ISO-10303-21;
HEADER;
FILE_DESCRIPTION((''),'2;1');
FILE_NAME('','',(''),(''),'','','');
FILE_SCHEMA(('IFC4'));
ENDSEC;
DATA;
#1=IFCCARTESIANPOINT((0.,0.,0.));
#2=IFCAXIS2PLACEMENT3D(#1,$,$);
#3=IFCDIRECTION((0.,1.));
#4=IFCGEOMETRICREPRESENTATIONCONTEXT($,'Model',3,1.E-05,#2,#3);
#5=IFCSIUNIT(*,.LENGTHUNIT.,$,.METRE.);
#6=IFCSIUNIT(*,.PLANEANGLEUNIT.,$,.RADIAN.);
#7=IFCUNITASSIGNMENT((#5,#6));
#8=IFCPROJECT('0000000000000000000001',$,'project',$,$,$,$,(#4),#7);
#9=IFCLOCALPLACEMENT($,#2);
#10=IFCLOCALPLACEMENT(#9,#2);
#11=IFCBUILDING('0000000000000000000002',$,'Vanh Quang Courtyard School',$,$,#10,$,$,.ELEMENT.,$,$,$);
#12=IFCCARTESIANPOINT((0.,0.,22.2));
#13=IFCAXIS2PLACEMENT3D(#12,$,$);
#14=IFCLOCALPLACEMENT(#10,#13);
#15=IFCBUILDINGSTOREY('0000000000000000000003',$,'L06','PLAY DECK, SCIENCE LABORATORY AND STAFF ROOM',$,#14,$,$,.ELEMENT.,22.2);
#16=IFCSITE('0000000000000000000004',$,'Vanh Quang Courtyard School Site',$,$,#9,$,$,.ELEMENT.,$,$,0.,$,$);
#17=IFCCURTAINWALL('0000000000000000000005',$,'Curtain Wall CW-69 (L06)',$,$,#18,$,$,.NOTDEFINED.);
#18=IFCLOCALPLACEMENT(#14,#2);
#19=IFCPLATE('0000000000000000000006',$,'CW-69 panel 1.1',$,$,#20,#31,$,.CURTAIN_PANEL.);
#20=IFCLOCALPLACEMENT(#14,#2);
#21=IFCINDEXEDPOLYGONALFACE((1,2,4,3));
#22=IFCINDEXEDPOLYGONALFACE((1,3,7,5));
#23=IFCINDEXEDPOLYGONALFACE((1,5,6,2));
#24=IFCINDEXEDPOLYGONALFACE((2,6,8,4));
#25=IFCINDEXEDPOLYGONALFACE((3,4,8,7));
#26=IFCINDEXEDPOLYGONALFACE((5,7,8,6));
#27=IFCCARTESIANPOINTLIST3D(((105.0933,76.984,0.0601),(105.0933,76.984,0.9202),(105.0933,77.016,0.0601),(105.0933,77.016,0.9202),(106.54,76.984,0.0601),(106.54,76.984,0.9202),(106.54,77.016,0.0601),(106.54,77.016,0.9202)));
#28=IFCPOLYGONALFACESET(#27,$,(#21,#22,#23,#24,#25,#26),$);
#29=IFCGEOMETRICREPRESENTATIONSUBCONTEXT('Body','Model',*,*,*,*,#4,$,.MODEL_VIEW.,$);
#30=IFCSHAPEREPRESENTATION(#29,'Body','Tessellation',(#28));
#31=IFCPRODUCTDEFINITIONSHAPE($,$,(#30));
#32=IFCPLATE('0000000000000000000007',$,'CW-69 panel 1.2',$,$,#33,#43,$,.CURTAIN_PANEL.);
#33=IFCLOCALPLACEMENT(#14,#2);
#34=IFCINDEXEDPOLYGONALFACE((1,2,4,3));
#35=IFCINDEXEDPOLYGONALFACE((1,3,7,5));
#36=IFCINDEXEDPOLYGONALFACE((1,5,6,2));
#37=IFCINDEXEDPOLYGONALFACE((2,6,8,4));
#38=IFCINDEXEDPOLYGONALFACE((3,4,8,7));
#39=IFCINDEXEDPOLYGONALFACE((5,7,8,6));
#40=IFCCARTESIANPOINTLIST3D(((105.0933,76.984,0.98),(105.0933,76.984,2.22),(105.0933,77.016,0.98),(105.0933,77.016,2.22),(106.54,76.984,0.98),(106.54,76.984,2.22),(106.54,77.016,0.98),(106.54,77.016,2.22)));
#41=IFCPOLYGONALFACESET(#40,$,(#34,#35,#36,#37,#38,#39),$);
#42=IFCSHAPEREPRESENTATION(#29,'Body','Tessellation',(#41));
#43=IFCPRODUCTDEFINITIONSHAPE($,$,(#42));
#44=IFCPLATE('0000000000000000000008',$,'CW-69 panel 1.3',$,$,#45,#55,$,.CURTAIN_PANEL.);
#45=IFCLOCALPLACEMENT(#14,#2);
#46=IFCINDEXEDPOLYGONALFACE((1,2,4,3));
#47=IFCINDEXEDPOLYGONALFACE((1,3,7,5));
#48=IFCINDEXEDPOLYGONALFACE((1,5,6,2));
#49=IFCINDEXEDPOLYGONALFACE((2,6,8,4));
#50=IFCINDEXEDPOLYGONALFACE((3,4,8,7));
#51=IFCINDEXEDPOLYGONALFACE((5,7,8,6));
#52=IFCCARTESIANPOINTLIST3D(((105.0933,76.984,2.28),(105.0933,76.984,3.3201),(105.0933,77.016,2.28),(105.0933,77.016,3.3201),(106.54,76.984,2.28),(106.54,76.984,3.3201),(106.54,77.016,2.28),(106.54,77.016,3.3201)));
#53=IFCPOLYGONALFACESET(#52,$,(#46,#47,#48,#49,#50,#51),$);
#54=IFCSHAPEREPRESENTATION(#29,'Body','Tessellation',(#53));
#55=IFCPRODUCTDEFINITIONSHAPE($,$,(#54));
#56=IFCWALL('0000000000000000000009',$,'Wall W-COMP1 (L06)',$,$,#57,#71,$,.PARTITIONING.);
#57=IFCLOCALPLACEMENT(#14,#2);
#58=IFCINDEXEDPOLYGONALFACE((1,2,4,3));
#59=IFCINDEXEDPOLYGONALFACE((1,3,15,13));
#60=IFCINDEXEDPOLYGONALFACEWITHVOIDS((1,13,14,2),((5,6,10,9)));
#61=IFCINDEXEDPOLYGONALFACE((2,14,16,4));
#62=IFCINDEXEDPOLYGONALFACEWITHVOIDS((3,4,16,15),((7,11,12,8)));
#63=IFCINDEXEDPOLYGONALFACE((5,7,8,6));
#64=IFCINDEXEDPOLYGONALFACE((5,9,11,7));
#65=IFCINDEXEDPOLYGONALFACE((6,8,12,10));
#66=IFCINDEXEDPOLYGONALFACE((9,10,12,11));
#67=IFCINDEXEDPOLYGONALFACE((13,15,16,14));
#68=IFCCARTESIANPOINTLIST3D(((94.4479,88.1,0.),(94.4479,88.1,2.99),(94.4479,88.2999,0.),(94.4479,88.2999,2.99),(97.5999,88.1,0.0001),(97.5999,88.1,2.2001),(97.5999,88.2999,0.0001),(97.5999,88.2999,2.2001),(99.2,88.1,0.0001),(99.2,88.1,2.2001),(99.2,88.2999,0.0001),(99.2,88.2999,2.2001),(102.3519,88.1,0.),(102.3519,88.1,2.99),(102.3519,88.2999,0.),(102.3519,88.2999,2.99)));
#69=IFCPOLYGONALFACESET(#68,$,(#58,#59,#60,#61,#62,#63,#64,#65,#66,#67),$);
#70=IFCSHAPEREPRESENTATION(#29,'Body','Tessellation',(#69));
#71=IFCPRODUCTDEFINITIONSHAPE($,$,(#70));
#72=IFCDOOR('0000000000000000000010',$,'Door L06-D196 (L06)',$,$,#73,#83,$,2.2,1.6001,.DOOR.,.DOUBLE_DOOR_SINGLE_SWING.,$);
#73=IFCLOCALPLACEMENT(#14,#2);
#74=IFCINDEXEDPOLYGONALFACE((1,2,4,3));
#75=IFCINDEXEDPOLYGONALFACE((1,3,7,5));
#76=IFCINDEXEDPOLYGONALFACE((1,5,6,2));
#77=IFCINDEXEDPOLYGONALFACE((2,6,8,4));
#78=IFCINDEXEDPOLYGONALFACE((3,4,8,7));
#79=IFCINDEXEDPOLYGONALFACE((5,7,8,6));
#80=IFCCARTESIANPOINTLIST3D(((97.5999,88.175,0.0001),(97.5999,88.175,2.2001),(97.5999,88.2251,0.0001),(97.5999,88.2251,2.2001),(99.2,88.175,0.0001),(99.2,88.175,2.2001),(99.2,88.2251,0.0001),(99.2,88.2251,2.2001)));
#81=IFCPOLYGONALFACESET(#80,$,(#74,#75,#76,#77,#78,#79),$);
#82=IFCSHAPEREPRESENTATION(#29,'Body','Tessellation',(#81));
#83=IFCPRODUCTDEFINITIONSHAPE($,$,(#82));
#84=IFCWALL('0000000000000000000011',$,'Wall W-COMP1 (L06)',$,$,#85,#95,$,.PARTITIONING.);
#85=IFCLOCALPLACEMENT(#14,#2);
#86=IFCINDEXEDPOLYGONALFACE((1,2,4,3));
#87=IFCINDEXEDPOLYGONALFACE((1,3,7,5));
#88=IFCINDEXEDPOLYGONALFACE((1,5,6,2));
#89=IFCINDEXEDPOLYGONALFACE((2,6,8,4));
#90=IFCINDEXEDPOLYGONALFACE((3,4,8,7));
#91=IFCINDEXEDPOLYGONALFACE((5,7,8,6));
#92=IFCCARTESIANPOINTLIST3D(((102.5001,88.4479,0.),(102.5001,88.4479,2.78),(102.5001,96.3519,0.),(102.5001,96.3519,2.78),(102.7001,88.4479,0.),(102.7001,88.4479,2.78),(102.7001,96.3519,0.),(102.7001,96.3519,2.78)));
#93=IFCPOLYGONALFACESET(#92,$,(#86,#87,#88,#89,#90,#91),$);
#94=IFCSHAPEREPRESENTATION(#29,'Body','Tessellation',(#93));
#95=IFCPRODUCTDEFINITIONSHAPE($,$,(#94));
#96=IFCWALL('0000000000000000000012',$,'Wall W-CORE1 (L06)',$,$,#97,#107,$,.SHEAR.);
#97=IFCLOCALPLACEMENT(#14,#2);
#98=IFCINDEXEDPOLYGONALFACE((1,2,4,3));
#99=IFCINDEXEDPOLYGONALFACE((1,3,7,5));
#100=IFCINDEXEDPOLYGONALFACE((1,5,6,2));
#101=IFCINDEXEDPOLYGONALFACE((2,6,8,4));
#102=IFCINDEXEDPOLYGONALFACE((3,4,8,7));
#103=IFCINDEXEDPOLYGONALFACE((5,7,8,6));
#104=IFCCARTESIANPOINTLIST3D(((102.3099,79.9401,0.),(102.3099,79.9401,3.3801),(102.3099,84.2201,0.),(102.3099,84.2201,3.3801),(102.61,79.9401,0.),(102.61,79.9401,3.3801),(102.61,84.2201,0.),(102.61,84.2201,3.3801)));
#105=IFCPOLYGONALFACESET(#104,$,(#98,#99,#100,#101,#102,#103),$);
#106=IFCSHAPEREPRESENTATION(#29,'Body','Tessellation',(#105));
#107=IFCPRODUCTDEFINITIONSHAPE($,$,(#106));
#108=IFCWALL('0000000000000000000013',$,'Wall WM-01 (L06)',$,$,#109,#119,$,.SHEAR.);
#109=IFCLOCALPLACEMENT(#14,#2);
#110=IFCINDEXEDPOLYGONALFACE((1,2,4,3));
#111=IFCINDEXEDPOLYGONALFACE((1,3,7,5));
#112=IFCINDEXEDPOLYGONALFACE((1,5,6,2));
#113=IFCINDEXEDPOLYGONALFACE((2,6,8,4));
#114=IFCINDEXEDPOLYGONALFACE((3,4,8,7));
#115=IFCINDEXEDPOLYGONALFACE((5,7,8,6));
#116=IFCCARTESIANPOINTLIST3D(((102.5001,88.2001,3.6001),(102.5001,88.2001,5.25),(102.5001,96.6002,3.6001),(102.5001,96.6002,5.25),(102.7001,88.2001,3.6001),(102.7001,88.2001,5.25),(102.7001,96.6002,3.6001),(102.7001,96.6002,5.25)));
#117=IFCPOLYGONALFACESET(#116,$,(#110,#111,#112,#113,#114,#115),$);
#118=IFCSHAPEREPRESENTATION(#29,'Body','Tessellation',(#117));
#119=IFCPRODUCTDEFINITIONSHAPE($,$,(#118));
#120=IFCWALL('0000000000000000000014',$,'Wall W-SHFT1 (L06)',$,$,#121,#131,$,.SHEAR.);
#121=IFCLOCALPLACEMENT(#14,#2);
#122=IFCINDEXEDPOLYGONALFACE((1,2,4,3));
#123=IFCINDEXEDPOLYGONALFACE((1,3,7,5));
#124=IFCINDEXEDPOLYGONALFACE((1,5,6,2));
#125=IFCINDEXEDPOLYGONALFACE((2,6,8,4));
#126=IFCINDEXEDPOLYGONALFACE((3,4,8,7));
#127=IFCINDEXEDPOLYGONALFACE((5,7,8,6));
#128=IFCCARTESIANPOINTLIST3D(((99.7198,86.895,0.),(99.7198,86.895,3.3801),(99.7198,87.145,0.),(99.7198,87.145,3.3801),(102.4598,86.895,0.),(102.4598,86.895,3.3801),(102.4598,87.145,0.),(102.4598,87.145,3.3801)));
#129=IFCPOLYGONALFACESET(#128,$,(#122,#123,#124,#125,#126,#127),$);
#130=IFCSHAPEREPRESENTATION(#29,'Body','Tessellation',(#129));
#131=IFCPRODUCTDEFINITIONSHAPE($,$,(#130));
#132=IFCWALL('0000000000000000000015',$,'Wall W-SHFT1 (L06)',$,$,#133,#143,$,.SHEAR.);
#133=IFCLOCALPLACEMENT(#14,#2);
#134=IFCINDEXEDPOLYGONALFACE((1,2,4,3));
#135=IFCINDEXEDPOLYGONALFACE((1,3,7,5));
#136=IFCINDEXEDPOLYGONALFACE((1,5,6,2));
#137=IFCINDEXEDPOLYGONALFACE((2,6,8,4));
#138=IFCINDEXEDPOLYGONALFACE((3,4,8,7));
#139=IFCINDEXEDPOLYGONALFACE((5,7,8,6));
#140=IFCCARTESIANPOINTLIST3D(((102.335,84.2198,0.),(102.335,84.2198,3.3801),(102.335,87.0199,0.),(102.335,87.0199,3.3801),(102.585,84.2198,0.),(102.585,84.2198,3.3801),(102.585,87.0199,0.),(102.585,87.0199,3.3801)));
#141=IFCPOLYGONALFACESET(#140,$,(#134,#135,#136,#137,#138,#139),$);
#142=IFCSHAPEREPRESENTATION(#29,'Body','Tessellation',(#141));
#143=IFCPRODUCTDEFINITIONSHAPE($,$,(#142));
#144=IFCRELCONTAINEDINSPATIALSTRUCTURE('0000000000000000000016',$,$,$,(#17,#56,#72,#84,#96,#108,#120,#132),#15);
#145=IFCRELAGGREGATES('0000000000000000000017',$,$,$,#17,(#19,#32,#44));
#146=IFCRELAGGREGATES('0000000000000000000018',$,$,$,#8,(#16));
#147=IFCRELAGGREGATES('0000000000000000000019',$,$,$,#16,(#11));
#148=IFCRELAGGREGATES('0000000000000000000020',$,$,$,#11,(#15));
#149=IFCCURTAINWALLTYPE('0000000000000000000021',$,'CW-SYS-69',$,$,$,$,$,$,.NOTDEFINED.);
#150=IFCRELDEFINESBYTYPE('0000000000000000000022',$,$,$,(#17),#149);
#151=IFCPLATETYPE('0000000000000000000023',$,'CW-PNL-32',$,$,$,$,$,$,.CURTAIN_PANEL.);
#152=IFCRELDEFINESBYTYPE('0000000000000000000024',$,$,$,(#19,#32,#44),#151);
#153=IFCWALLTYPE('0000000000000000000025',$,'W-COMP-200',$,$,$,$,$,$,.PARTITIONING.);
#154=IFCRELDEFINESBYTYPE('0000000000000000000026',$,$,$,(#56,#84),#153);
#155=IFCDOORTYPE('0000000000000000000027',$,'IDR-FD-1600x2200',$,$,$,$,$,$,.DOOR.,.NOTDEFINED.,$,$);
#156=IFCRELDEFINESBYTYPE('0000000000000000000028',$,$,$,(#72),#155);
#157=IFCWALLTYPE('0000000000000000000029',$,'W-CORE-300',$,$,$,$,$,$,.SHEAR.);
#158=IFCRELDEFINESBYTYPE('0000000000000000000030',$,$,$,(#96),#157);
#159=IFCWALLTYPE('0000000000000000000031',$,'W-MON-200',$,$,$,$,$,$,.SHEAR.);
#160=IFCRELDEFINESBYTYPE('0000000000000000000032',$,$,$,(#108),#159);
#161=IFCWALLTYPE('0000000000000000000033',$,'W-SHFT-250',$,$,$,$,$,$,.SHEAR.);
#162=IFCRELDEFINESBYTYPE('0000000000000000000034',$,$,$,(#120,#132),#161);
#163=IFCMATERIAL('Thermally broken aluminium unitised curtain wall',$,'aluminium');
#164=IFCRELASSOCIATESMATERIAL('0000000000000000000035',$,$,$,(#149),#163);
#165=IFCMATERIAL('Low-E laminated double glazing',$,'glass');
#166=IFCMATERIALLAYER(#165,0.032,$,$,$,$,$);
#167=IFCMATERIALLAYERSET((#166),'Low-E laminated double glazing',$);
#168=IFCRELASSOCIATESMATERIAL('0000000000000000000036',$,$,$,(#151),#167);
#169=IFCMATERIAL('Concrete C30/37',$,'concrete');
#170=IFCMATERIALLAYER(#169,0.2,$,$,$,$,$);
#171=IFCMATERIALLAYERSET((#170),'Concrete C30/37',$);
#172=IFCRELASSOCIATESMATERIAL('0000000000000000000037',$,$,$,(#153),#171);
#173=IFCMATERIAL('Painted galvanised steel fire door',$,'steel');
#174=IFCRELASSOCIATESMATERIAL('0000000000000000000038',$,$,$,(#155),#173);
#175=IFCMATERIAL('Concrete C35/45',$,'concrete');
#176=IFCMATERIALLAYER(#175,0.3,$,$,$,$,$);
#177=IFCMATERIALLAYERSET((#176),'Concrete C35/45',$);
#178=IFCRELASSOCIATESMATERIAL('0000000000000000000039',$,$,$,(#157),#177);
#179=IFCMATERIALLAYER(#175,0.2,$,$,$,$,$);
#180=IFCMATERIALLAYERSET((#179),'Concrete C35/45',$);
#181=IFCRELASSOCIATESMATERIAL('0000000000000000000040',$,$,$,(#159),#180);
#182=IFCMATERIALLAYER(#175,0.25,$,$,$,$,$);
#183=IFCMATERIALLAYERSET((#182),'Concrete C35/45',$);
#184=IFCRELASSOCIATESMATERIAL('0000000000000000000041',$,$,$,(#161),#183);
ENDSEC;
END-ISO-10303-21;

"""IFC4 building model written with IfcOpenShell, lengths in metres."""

from ifc_helpers import new_model, si_unit, direction, frame, frame_2d, origin, origin_2d, place, context, subcontext, project, spatial, rectangle, extrude, material, layer, layer_set, type_object, element, fill, aggregate, save


model = new_model("IFC4")

# Units and contexts
model_context = context("Model", 3, precision=1e-05, world=origin(), true_north=direction((0.0, 1.0)))
body_context = subcontext(model_context, "Body", "Model", "MODEL_VIEW")
ifc_project = project(units=[si_unit("LENGTHUNIT", "METRE"), si_unit("PLANEANGLEUNIT", "RADIAN")], contexts=[model_context])

# Site, building, storey
site_placement = place(None, origin())
site = spatial("IfcSite", under=ifc_project, at=site_placement, Name="Vanh Quang Courtyard School Site", CompositionType="ELEMENT", RefElevation=0.0)
building_placement = place(site_placement, origin())
building = spatial("IfcBuilding", under=site, at=building_placement, Name="Vanh Quang Courtyard School", CompositionType="ELEMENT")
storey_placement = place(building_placement, frame((0.0, 0.0, 22.2)))
storey = spatial("IfcBuildingStorey", under=building, at=storey_placement, Name="L06", Description="PLAY DECK, SCIENCE LABORATORY AND STAFF ROOM", CompositionType="ELEMENT", Elevation=22.2)

# Shared definitions
ifc_material_1 = material(Name="Concrete C35/45", Category="concrete")

# Curtain wall, plates
ifc_material_2 = material(Name="Thermally broken aluminium unitised curtain wall", Category="aluminium")
curtain_wall_type = type_object("IfcCurtainWallType", Name="CW-SYS-69", PredefinedType="NOTDEFINED", material=ifc_material_2)
curtain_wall_placement = place(storey_placement, origin())
curtain_wall = element("IfcCurtainWall", 1, at=curtain_wall_placement, inside=storey, type_object=curtain_wall_type, Name="Curtain Wall CW-69 (L06)", PredefinedType="NOTDEFINED")
ifc_material_3 = material(Name="Low-E laminated double glazing", Category="glass")
ifc_layer_1 = layer(ifc_material_3, 0.032)
ifc_layer_set_1 = layer_set([ifc_layer_1], Name="Low-E laminated double glazing")
plate_type = type_object("IfcPlateType", Name="CW-PNL-32", PredefinedType="CURTAIN_PANEL", material=ifc_layer_set_1)
plate_1_placement = place(storey_placement, frame((105.8167, 77.0, 0.0601), z_axis=(0.0, 0.0, 1.0), x_axis=(-1.0, 0.0, 0.0)))
plate_1 = element("IfcPlate", 2, at=plate_1_placement, type_object=plate_type, Name="CW-69 panel 1.1", PredefinedType="CURTAIN_PANEL", context=body_context, shape_type="SweptSolid", body=[
    extrude(rectangle(XDim=1.4468, YDim=0.032, at=origin_2d()), origin(), (0.0, 0.0, 1.0), 0.8601),
])
plate_2_placement = place(storey_placement, frame((105.8167, 77.0, 0.98), z_axis=(0.0, 0.0, 1.0), x_axis=(-1.0, 0.0, 0.0)))
plate_2 = element("IfcPlate", 3, at=plate_2_placement, type_object=plate_type, Name="CW-69 panel 1.2", PredefinedType="CURTAIN_PANEL", context=body_context, shape_type="SweptSolid", body=[
    extrude(rectangle(XDim=1.4468, YDim=0.032, at=origin_2d()), origin(), (0.0, 0.0, 1.0), 1.24),
])
plate_3_placement = place(storey_placement, frame((105.8167, 77.0, 2.28), z_axis=(0.0, 0.0, 1.0), x_axis=(-1.0, 0.0, 0.0)))
plate_3 = element("IfcPlate", 4, at=plate_3_placement, type_object=plate_type, Name="CW-69 panel 1.3", PredefinedType="CURTAIN_PANEL", context=body_context, shape_type="SweptSolid", body=[
    extrude(rectangle(XDim=1.4468, YDim=0.032, at=origin_2d()), origin(), (0.0, 0.0, 1.0), 1.04),
])
aggregate(curtain_wall, [plate_1, plate_2, plate_3])

# Wall, opening, door
ifc_material_4 = material(Name="Concrete C30/37", Category="concrete")
ifc_layer_2 = layer(ifc_material_4, 0.2)
ifc_layer_set_2 = layer_set([ifc_layer_2], Name="Concrete C30/37")
wall_type_1 = type_object("IfcWallType", Name="W-COMP-200", PredefinedType="PARTITIONING", material=ifc_layer_set_2)
wall_1_placement = place(storey_placement, frame((102.3521, 88.2, 0.0), z_axis=(0.0, 0.0, 1.0), x_axis=(-1.0, 0.0, 0.0)))
wall_1 = element("IfcWall", 5, at=wall_1_placement, inside=storey, type_object=wall_type_1, Name="Wall W-COMP1 (L06)", PredefinedType="PARTITIONING", context=body_context, shape_type="SweptSolid", body=[
    extrude(rectangle(XDim=7.9041, YDim=0.2, at=frame_2d((3.9521, 0.0))), origin(), (0.0, 0.0, 1.0), 2.99),
])
opening_1_placement = place(wall_1_placement, frame((3.1521, 0.0, 0.0)))
opening_1 = element("IfcOpeningElement", 6, at=opening_1_placement, cuts=wall_1, PredefinedType="OPENING", context=body_context, shape_type="SweptSolid", body=[
    extrude(rectangle(XDim=1.6001, YDim=2.2, at=frame_2d((0.8, 1.1001))), frame((0.0, 0.1099, 0.0), z_axis=(0.0, -1.0, 0.0), x_axis=(1.0, 0.0, 0.0)), (0.0, 0.0, 1.0), 0.22),
])
ifc_material_5 = material(Name="Painted galvanised steel fire door", Category="steel")
door_type_1 = type_object("IfcDoorType", Name="IDR-FD-1600x2200", OperationType="NOTDEFINED", PredefinedType="DOOR", material=ifc_material_5)
door_1_placement = place(opening_1_placement, origin())
door_1 = element("IfcDoor", 7, at=door_1_placement, inside=storey, type_object=door_type_1, Name="Door L06-D196 (L06)", OperationType="DOUBLE_DOOR_SINGLE_SWING", OverallHeight=2.2, OverallWidth=1.6001, PredefinedType="DOOR", context=body_context, shape_type="SweptSolid", body=[
    extrude(rectangle(XDim=1.6001, YDim=2.2, at=frame_2d((0.8, 1.1001))), frame((0.0, 0.0249, 0.0), z_axis=(0.0, -1.0, 0.0), x_axis=(1.0, 0.0, 0.0)), (0.0, 0.0, 1.0), 0.05),
])
fill(opening_1, door_1)

# Walls
wall_2_placement = place(storey_placement, frame((102.6001, 96.3521, 0.0), z_axis=(0.0, 0.0, 1.0), x_axis=(0.0, -1.0, 0.0)))
element("IfcWall", 8, at=wall_2_placement, inside=storey, type_object=wall_type_1, Name="Wall W-COMP1 (L06)", PredefinedType="PARTITIONING", context=body_context, shape_type="SweptSolid", body=[
    extrude(rectangle(XDim=7.9041, YDim=0.2, at=frame_2d((3.9521, 0.0))), origin(), (0.0, 0.0, 1.0), 2.78),
])
ifc_layer_3 = layer(ifc_material_1, 0.3)
ifc_layer_set_3 = layer_set([ifc_layer_3], Name="Concrete C35/45")
wall_type_2 = type_object("IfcWallType", Name="W-CORE-300", PredefinedType="SHEAR", material=ifc_layer_set_3)
wall_3_placement = place(storey_placement, frame((102.46, 79.9399, 0.0), z_axis=(0.0, 0.0, 1.0), x_axis=(0.0, 1.0, 0.0)))
element("IfcWall", 9, at=wall_3_placement, inside=storey, type_object=wall_type_2, Name="Wall W-CORE1 (L06)", PredefinedType="SHEAR", context=body_context, shape_type="SweptSolid", body=[
    extrude(rectangle(XDim=4.28, YDim=0.3, at=frame_2d((2.1401, 0.0))), origin(), (0.0, 0.0, 1.0), 3.3801),
])

# Wall
ifc_layer_4 = layer(ifc_material_1, 0.2)
ifc_layer_set_4 = layer_set([ifc_layer_4], Name="Concrete C35/45")
wall_type_3 = type_object("IfcWallType", Name="W-MON-200", PredefinedType="SHEAR", material=ifc_layer_set_4)
wall_4_placement = place(storey_placement, frame((102.6001, 88.2, 3.6001), z_axis=(0.0, 0.0, 1.0), x_axis=(0.0, 1.0, 0.0)))
element("IfcWall", 10, at=wall_4_placement, inside=storey, type_object=wall_type_3, Name="Wall WM-01 (L06)", PredefinedType="SHEAR", context=body_context, shape_type="SweptSolid", body=[
    extrude(rectangle(XDim=8.4001, YDim=0.2, at=frame_2d((4.2002, 0.0))), origin(), (0.0, 0.0, 1.0), 1.6499),
])

# Shared definitions
ifc_layer_5 = layer(ifc_material_1, 0.25)
ifc_layer_set_5 = layer_set([ifc_layer_5], Name="Concrete C35/45")
wall_type_4 = type_object("IfcWallType", Name="W-SHFT-250", PredefinedType="SHEAR", material=ifc_layer_set_5)

# Walls
wall_5_placement = place(storey_placement, frame((102.46, 87.02, 0.0), z_axis=(0.0, 0.0, 1.0), x_axis=(-1.0, 0.0, 0.0)))
element("IfcWall", 11, at=wall_5_placement, inside=storey, type_object=wall_type_4, Name="Wall W-SHFT1 (L06)", PredefinedType="SHEAR", context=body_context, shape_type="SweptSolid", body=[
    extrude(rectangle(XDim=2.74, YDim=0.25, at=frame_2d((1.3701, 0.0))), origin(), (0.0, 0.0, 1.0), 3.3801),
])
wall_6_placement = place(storey_placement, frame((102.46, 84.22, 0.0), z_axis=(0.0, 0.0, 1.0), x_axis=(0.0, 1.0, 0.0)))
element("IfcWall", 12, at=wall_6_placement, inside=storey, type_object=wall_type_4, Name="Wall W-SHFT1 (L06)", PredefinedType="SHEAR", context=body_context, shape_type="SweptSolid", body=[
    extrude(rectangle(XDim=2.8, YDim=0.25, at=frame_2d((1.3999, 0.0))), origin(), (0.0, 0.0, 1.0), 3.3801),
])

save(model, "model.ifc")
